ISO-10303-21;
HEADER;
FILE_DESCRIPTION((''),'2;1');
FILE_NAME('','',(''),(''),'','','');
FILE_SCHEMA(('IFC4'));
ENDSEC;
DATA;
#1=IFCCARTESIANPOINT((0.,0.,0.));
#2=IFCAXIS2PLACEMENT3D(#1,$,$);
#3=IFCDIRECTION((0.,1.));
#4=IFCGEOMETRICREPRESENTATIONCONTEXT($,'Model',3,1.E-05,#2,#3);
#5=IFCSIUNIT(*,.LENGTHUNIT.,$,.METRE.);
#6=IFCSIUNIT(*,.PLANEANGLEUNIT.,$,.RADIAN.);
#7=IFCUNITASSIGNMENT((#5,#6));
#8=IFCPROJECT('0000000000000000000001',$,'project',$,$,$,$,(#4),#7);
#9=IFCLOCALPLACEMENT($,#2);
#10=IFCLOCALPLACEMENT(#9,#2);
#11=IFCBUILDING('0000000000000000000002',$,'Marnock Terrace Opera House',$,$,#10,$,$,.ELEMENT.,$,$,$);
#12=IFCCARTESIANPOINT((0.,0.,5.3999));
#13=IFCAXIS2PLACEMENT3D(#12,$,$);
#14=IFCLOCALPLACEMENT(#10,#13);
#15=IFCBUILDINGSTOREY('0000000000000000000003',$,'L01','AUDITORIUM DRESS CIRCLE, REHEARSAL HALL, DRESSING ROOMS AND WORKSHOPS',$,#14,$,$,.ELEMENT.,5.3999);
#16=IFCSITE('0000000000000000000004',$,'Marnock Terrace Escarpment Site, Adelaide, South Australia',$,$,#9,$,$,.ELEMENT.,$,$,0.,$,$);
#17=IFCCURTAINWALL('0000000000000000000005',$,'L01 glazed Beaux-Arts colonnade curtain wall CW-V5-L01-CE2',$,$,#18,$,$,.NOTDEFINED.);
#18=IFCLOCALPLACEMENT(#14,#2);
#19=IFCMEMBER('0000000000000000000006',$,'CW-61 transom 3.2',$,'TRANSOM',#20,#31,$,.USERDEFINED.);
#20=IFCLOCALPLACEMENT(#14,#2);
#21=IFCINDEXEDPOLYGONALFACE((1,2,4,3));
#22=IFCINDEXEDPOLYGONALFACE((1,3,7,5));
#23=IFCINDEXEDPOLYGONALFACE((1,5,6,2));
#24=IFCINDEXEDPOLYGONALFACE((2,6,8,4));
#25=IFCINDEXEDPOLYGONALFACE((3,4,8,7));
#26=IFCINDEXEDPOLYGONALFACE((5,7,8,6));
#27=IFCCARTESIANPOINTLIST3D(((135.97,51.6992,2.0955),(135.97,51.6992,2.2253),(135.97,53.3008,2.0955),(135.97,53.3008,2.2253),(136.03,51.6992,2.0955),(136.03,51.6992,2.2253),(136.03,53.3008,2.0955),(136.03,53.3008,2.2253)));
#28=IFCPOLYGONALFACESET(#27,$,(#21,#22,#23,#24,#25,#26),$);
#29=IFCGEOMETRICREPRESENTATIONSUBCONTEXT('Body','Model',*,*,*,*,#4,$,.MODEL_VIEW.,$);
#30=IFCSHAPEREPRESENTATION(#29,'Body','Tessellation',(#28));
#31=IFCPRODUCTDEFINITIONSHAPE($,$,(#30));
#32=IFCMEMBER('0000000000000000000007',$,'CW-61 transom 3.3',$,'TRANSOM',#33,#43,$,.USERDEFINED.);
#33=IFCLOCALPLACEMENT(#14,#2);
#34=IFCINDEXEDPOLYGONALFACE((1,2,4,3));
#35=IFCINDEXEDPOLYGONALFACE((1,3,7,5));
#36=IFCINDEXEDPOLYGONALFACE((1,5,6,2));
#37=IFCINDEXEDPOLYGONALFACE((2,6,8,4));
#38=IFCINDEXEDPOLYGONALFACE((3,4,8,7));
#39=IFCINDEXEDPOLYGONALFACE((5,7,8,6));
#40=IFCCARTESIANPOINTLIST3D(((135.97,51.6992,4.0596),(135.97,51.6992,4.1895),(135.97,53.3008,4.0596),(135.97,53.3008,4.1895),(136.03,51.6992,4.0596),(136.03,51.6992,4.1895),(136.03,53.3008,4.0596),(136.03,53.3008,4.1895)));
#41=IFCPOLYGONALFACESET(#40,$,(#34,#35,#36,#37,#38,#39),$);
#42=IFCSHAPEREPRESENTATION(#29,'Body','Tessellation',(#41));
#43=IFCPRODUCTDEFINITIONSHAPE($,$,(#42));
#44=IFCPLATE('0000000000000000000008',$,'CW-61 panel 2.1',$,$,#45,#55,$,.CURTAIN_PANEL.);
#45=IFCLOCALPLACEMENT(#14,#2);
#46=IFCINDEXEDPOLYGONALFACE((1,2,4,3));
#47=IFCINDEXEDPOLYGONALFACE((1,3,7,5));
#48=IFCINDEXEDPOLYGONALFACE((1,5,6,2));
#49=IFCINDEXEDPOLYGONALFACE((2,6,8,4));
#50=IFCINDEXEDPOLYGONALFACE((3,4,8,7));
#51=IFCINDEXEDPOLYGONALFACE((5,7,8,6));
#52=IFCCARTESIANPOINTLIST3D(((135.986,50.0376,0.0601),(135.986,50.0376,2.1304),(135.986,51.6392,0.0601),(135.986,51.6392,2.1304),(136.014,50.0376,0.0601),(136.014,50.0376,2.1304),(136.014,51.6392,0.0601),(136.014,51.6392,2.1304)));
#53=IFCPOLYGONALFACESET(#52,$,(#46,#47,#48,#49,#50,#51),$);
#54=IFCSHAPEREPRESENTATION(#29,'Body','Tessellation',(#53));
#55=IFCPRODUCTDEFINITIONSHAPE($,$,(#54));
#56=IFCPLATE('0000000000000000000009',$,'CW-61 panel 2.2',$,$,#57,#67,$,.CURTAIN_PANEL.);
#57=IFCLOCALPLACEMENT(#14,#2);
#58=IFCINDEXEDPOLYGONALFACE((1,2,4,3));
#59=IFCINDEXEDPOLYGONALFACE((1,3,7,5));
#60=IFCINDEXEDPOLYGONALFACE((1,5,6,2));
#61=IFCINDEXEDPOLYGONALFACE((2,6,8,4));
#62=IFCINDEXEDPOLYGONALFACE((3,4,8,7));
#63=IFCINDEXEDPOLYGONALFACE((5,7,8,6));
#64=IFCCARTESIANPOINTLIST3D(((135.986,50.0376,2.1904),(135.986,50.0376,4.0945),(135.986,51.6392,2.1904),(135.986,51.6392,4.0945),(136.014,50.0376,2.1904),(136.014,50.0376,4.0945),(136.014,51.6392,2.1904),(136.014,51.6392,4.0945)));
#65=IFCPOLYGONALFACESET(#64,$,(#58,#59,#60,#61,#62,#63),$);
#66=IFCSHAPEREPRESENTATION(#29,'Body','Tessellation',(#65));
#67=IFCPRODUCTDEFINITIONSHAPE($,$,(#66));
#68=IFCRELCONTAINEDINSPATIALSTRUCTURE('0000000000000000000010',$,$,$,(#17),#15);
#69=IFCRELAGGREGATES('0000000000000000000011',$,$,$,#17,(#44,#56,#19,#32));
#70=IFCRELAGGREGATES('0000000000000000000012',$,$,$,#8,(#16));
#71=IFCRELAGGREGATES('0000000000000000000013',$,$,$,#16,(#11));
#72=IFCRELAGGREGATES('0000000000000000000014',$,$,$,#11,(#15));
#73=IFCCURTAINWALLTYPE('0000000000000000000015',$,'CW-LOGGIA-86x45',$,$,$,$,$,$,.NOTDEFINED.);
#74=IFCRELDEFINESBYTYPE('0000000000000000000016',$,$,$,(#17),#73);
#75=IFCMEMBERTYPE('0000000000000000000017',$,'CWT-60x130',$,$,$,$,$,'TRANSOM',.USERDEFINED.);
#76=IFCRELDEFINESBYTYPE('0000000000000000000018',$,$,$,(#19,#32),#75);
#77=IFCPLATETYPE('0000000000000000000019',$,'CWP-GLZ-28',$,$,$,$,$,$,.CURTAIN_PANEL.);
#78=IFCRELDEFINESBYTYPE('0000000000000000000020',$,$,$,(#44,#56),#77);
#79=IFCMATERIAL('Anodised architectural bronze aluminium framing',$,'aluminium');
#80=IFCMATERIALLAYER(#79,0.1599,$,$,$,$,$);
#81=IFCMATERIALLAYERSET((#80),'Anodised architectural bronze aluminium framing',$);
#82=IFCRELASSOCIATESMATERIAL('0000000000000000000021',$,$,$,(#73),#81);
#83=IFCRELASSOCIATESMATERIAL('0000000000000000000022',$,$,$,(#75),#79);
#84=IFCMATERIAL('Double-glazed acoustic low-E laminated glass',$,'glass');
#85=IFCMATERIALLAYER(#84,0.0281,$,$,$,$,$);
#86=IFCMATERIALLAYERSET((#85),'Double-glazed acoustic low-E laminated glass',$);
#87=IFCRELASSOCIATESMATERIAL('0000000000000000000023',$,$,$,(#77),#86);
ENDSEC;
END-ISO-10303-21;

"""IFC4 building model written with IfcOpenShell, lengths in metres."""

from ifc_helpers import new_model, si_unit, direction, frame, origin, origin_2d, place, context, subcontext, project, spatial, rectangle, extrude, material, layer, layer_set, material_profile, profile_set, type_object, element, aggregate, save


model = new_model("IFC4")

# Units and contexts
model_context = context("Model", 3, precision=1e-05, world=origin(), true_north=direction((0.0, 1.0)))
body_context = subcontext(model_context, "Body", "Model", "MODEL_VIEW")
ifc_project = project(units=[si_unit("LENGTHUNIT", "METRE"), si_unit("PLANEANGLEUNIT", "RADIAN")], contexts=[model_context])

# Site, building, storey
site_placement = place(None, origin())
site = spatial("IfcSite", under=ifc_project, at=site_placement, Name="Marnock Terrace Escarpment Site, Adelaide, South Australia", CompositionType="ELEMENT", RefElevation=0.0)
building_placement = place(site_placement, origin())
building = spatial("IfcBuilding", under=site, at=building_placement, Name="Marnock Terrace Opera House", CompositionType="ELEMENT")
storey_placement = place(building_placement, frame((0.0, 0.0, 5.3999)))
storey = spatial("IfcBuildingStorey", under=building, at=storey_placement, Name="L01", Description="AUDITORIUM DRESS CIRCLE, REHEARSAL HALL, DRESSING ROOMS AND WORKSHOPS", CompositionType="ELEMENT", Elevation=5.3999)

# Curtain wall, members, plates
ifc_material_1 = material(Name="Anodised architectural bronze aluminium framing", Category="aluminium")
ifc_layer_1 = layer(ifc_material_1, 0.1599)
ifc_layer_set_1 = layer_set([ifc_layer_1], Name="Anodised architectural bronze aluminium framing")
curtain_wall_type = type_object("IfcCurtainWallType", Name="CW-LOGGIA-86x45", PredefinedType="NOTDEFINED", material=ifc_layer_set_1)
curtain_wall_placement = place(storey_placement, origin())
curtain_wall = element("IfcCurtainWall", 1, at=curtain_wall_placement, inside=storey, type_object=curtain_wall_type, Name="L01 glazed Beaux-Arts colonnade curtain wall CW-V5-L01-CE2", PredefinedType="NOTDEFINED")
ifc_material_profile_1 = material_profile(ifc_material_1, rectangle(XDim=0.0601, YDim=0.1299, at=origin_2d()))
ifc_profile_set_1 = profile_set([ifc_material_profile_1], Name="Anodised architectural bronze aluminium framing")
member_type_1 = type_object("IfcMemberType", Name="CWT-60x130", ElementType="TRANSOM", PredefinedType="USERDEFINED", material=ifc_profile_set_1)
member_1_placement = place(storey_placement, frame((136.0, 51.6992, 2.1604), z_axis=(0.0, 1.0, 0.0), x_axis=(-1.0, 0.0, 0.0)))
member_1 = element("IfcMember", 2, at=member_1_placement, type_object=member_type_1, Name="CW-61 transom 3.2", ObjectType="TRANSOM", PredefinedType="USERDEFINED", context=body_context, shape_type="SweptSolid", body=[
    extrude(rectangle(XDim=0.0601, YDim=0.1299, at=origin_2d()), origin(), (0.0, 0.0, 1.0), 1.6016),
])
member_2_placement = place(storey_placement, frame((136.0, 51.6992, 4.1245), z_axis=(0.0, 1.0, 0.0), x_axis=(-1.0, 0.0, 0.0)))
member_2 = element("IfcMember", 3, at=member_2_placement, type_object=member_type_1, Name="CW-61 transom 3.3", ObjectType="TRANSOM", PredefinedType="USERDEFINED", context=body_context, shape_type="SweptSolid", body=[
    extrude(rectangle(XDim=0.0601, YDim=0.1299, at=origin_2d()), origin(), (0.0, 0.0, 1.0), 1.6016),
])
ifc_material_2 = material(Name="Double-glazed acoustic low-E laminated glass", Category="glass")
ifc_layer_2 = layer(ifc_material_2, 0.0281)
ifc_layer_set_2 = layer_set([ifc_layer_2], Name="Double-glazed acoustic low-E laminated glass")
plate_type = type_object("IfcPlateType", Name="CWP-GLZ-28", PredefinedType="CURTAIN_PANEL", material=ifc_layer_set_2)
plate_1_placement = place(storey_placement, frame((136.0, 50.8384, 0.0601), z_axis=(0.0, 0.0, 1.0), x_axis=(0.0, 1.0, 0.0)))
plate_1 = element("IfcPlate", 4, at=plate_1_placement, type_object=plate_type, Name="CW-61 panel 2.1", PredefinedType="CURTAIN_PANEL", context=body_context, shape_type="SweptSolid", body=[
    extrude(rectangle(XDim=1.6016, YDim=0.0281, at=origin_2d()), origin(), (0.0, 0.0, 1.0), 2.0703),
])
plate_2_placement = place(storey_placement, frame((136.0, 50.8384, 2.1904), z_axis=(0.0, 0.0, 1.0), x_axis=(0.0, 1.0, 0.0)))
plate_2 = element("IfcPlate", 5, at=plate_2_placement, type_object=plate_type, Name="CW-61 panel 2.2", PredefinedType="CURTAIN_PANEL", context=body_context, shape_type="SweptSolid", body=[
    extrude(rectangle(XDim=1.6016, YDim=0.0281, at=origin_2d()), origin(), (0.0, 0.0, 1.0), 1.9041),
])
aggregate(curtain_wall, [plate_1, plate_2, member_1, member_2])

save(model, "model.ifc")
